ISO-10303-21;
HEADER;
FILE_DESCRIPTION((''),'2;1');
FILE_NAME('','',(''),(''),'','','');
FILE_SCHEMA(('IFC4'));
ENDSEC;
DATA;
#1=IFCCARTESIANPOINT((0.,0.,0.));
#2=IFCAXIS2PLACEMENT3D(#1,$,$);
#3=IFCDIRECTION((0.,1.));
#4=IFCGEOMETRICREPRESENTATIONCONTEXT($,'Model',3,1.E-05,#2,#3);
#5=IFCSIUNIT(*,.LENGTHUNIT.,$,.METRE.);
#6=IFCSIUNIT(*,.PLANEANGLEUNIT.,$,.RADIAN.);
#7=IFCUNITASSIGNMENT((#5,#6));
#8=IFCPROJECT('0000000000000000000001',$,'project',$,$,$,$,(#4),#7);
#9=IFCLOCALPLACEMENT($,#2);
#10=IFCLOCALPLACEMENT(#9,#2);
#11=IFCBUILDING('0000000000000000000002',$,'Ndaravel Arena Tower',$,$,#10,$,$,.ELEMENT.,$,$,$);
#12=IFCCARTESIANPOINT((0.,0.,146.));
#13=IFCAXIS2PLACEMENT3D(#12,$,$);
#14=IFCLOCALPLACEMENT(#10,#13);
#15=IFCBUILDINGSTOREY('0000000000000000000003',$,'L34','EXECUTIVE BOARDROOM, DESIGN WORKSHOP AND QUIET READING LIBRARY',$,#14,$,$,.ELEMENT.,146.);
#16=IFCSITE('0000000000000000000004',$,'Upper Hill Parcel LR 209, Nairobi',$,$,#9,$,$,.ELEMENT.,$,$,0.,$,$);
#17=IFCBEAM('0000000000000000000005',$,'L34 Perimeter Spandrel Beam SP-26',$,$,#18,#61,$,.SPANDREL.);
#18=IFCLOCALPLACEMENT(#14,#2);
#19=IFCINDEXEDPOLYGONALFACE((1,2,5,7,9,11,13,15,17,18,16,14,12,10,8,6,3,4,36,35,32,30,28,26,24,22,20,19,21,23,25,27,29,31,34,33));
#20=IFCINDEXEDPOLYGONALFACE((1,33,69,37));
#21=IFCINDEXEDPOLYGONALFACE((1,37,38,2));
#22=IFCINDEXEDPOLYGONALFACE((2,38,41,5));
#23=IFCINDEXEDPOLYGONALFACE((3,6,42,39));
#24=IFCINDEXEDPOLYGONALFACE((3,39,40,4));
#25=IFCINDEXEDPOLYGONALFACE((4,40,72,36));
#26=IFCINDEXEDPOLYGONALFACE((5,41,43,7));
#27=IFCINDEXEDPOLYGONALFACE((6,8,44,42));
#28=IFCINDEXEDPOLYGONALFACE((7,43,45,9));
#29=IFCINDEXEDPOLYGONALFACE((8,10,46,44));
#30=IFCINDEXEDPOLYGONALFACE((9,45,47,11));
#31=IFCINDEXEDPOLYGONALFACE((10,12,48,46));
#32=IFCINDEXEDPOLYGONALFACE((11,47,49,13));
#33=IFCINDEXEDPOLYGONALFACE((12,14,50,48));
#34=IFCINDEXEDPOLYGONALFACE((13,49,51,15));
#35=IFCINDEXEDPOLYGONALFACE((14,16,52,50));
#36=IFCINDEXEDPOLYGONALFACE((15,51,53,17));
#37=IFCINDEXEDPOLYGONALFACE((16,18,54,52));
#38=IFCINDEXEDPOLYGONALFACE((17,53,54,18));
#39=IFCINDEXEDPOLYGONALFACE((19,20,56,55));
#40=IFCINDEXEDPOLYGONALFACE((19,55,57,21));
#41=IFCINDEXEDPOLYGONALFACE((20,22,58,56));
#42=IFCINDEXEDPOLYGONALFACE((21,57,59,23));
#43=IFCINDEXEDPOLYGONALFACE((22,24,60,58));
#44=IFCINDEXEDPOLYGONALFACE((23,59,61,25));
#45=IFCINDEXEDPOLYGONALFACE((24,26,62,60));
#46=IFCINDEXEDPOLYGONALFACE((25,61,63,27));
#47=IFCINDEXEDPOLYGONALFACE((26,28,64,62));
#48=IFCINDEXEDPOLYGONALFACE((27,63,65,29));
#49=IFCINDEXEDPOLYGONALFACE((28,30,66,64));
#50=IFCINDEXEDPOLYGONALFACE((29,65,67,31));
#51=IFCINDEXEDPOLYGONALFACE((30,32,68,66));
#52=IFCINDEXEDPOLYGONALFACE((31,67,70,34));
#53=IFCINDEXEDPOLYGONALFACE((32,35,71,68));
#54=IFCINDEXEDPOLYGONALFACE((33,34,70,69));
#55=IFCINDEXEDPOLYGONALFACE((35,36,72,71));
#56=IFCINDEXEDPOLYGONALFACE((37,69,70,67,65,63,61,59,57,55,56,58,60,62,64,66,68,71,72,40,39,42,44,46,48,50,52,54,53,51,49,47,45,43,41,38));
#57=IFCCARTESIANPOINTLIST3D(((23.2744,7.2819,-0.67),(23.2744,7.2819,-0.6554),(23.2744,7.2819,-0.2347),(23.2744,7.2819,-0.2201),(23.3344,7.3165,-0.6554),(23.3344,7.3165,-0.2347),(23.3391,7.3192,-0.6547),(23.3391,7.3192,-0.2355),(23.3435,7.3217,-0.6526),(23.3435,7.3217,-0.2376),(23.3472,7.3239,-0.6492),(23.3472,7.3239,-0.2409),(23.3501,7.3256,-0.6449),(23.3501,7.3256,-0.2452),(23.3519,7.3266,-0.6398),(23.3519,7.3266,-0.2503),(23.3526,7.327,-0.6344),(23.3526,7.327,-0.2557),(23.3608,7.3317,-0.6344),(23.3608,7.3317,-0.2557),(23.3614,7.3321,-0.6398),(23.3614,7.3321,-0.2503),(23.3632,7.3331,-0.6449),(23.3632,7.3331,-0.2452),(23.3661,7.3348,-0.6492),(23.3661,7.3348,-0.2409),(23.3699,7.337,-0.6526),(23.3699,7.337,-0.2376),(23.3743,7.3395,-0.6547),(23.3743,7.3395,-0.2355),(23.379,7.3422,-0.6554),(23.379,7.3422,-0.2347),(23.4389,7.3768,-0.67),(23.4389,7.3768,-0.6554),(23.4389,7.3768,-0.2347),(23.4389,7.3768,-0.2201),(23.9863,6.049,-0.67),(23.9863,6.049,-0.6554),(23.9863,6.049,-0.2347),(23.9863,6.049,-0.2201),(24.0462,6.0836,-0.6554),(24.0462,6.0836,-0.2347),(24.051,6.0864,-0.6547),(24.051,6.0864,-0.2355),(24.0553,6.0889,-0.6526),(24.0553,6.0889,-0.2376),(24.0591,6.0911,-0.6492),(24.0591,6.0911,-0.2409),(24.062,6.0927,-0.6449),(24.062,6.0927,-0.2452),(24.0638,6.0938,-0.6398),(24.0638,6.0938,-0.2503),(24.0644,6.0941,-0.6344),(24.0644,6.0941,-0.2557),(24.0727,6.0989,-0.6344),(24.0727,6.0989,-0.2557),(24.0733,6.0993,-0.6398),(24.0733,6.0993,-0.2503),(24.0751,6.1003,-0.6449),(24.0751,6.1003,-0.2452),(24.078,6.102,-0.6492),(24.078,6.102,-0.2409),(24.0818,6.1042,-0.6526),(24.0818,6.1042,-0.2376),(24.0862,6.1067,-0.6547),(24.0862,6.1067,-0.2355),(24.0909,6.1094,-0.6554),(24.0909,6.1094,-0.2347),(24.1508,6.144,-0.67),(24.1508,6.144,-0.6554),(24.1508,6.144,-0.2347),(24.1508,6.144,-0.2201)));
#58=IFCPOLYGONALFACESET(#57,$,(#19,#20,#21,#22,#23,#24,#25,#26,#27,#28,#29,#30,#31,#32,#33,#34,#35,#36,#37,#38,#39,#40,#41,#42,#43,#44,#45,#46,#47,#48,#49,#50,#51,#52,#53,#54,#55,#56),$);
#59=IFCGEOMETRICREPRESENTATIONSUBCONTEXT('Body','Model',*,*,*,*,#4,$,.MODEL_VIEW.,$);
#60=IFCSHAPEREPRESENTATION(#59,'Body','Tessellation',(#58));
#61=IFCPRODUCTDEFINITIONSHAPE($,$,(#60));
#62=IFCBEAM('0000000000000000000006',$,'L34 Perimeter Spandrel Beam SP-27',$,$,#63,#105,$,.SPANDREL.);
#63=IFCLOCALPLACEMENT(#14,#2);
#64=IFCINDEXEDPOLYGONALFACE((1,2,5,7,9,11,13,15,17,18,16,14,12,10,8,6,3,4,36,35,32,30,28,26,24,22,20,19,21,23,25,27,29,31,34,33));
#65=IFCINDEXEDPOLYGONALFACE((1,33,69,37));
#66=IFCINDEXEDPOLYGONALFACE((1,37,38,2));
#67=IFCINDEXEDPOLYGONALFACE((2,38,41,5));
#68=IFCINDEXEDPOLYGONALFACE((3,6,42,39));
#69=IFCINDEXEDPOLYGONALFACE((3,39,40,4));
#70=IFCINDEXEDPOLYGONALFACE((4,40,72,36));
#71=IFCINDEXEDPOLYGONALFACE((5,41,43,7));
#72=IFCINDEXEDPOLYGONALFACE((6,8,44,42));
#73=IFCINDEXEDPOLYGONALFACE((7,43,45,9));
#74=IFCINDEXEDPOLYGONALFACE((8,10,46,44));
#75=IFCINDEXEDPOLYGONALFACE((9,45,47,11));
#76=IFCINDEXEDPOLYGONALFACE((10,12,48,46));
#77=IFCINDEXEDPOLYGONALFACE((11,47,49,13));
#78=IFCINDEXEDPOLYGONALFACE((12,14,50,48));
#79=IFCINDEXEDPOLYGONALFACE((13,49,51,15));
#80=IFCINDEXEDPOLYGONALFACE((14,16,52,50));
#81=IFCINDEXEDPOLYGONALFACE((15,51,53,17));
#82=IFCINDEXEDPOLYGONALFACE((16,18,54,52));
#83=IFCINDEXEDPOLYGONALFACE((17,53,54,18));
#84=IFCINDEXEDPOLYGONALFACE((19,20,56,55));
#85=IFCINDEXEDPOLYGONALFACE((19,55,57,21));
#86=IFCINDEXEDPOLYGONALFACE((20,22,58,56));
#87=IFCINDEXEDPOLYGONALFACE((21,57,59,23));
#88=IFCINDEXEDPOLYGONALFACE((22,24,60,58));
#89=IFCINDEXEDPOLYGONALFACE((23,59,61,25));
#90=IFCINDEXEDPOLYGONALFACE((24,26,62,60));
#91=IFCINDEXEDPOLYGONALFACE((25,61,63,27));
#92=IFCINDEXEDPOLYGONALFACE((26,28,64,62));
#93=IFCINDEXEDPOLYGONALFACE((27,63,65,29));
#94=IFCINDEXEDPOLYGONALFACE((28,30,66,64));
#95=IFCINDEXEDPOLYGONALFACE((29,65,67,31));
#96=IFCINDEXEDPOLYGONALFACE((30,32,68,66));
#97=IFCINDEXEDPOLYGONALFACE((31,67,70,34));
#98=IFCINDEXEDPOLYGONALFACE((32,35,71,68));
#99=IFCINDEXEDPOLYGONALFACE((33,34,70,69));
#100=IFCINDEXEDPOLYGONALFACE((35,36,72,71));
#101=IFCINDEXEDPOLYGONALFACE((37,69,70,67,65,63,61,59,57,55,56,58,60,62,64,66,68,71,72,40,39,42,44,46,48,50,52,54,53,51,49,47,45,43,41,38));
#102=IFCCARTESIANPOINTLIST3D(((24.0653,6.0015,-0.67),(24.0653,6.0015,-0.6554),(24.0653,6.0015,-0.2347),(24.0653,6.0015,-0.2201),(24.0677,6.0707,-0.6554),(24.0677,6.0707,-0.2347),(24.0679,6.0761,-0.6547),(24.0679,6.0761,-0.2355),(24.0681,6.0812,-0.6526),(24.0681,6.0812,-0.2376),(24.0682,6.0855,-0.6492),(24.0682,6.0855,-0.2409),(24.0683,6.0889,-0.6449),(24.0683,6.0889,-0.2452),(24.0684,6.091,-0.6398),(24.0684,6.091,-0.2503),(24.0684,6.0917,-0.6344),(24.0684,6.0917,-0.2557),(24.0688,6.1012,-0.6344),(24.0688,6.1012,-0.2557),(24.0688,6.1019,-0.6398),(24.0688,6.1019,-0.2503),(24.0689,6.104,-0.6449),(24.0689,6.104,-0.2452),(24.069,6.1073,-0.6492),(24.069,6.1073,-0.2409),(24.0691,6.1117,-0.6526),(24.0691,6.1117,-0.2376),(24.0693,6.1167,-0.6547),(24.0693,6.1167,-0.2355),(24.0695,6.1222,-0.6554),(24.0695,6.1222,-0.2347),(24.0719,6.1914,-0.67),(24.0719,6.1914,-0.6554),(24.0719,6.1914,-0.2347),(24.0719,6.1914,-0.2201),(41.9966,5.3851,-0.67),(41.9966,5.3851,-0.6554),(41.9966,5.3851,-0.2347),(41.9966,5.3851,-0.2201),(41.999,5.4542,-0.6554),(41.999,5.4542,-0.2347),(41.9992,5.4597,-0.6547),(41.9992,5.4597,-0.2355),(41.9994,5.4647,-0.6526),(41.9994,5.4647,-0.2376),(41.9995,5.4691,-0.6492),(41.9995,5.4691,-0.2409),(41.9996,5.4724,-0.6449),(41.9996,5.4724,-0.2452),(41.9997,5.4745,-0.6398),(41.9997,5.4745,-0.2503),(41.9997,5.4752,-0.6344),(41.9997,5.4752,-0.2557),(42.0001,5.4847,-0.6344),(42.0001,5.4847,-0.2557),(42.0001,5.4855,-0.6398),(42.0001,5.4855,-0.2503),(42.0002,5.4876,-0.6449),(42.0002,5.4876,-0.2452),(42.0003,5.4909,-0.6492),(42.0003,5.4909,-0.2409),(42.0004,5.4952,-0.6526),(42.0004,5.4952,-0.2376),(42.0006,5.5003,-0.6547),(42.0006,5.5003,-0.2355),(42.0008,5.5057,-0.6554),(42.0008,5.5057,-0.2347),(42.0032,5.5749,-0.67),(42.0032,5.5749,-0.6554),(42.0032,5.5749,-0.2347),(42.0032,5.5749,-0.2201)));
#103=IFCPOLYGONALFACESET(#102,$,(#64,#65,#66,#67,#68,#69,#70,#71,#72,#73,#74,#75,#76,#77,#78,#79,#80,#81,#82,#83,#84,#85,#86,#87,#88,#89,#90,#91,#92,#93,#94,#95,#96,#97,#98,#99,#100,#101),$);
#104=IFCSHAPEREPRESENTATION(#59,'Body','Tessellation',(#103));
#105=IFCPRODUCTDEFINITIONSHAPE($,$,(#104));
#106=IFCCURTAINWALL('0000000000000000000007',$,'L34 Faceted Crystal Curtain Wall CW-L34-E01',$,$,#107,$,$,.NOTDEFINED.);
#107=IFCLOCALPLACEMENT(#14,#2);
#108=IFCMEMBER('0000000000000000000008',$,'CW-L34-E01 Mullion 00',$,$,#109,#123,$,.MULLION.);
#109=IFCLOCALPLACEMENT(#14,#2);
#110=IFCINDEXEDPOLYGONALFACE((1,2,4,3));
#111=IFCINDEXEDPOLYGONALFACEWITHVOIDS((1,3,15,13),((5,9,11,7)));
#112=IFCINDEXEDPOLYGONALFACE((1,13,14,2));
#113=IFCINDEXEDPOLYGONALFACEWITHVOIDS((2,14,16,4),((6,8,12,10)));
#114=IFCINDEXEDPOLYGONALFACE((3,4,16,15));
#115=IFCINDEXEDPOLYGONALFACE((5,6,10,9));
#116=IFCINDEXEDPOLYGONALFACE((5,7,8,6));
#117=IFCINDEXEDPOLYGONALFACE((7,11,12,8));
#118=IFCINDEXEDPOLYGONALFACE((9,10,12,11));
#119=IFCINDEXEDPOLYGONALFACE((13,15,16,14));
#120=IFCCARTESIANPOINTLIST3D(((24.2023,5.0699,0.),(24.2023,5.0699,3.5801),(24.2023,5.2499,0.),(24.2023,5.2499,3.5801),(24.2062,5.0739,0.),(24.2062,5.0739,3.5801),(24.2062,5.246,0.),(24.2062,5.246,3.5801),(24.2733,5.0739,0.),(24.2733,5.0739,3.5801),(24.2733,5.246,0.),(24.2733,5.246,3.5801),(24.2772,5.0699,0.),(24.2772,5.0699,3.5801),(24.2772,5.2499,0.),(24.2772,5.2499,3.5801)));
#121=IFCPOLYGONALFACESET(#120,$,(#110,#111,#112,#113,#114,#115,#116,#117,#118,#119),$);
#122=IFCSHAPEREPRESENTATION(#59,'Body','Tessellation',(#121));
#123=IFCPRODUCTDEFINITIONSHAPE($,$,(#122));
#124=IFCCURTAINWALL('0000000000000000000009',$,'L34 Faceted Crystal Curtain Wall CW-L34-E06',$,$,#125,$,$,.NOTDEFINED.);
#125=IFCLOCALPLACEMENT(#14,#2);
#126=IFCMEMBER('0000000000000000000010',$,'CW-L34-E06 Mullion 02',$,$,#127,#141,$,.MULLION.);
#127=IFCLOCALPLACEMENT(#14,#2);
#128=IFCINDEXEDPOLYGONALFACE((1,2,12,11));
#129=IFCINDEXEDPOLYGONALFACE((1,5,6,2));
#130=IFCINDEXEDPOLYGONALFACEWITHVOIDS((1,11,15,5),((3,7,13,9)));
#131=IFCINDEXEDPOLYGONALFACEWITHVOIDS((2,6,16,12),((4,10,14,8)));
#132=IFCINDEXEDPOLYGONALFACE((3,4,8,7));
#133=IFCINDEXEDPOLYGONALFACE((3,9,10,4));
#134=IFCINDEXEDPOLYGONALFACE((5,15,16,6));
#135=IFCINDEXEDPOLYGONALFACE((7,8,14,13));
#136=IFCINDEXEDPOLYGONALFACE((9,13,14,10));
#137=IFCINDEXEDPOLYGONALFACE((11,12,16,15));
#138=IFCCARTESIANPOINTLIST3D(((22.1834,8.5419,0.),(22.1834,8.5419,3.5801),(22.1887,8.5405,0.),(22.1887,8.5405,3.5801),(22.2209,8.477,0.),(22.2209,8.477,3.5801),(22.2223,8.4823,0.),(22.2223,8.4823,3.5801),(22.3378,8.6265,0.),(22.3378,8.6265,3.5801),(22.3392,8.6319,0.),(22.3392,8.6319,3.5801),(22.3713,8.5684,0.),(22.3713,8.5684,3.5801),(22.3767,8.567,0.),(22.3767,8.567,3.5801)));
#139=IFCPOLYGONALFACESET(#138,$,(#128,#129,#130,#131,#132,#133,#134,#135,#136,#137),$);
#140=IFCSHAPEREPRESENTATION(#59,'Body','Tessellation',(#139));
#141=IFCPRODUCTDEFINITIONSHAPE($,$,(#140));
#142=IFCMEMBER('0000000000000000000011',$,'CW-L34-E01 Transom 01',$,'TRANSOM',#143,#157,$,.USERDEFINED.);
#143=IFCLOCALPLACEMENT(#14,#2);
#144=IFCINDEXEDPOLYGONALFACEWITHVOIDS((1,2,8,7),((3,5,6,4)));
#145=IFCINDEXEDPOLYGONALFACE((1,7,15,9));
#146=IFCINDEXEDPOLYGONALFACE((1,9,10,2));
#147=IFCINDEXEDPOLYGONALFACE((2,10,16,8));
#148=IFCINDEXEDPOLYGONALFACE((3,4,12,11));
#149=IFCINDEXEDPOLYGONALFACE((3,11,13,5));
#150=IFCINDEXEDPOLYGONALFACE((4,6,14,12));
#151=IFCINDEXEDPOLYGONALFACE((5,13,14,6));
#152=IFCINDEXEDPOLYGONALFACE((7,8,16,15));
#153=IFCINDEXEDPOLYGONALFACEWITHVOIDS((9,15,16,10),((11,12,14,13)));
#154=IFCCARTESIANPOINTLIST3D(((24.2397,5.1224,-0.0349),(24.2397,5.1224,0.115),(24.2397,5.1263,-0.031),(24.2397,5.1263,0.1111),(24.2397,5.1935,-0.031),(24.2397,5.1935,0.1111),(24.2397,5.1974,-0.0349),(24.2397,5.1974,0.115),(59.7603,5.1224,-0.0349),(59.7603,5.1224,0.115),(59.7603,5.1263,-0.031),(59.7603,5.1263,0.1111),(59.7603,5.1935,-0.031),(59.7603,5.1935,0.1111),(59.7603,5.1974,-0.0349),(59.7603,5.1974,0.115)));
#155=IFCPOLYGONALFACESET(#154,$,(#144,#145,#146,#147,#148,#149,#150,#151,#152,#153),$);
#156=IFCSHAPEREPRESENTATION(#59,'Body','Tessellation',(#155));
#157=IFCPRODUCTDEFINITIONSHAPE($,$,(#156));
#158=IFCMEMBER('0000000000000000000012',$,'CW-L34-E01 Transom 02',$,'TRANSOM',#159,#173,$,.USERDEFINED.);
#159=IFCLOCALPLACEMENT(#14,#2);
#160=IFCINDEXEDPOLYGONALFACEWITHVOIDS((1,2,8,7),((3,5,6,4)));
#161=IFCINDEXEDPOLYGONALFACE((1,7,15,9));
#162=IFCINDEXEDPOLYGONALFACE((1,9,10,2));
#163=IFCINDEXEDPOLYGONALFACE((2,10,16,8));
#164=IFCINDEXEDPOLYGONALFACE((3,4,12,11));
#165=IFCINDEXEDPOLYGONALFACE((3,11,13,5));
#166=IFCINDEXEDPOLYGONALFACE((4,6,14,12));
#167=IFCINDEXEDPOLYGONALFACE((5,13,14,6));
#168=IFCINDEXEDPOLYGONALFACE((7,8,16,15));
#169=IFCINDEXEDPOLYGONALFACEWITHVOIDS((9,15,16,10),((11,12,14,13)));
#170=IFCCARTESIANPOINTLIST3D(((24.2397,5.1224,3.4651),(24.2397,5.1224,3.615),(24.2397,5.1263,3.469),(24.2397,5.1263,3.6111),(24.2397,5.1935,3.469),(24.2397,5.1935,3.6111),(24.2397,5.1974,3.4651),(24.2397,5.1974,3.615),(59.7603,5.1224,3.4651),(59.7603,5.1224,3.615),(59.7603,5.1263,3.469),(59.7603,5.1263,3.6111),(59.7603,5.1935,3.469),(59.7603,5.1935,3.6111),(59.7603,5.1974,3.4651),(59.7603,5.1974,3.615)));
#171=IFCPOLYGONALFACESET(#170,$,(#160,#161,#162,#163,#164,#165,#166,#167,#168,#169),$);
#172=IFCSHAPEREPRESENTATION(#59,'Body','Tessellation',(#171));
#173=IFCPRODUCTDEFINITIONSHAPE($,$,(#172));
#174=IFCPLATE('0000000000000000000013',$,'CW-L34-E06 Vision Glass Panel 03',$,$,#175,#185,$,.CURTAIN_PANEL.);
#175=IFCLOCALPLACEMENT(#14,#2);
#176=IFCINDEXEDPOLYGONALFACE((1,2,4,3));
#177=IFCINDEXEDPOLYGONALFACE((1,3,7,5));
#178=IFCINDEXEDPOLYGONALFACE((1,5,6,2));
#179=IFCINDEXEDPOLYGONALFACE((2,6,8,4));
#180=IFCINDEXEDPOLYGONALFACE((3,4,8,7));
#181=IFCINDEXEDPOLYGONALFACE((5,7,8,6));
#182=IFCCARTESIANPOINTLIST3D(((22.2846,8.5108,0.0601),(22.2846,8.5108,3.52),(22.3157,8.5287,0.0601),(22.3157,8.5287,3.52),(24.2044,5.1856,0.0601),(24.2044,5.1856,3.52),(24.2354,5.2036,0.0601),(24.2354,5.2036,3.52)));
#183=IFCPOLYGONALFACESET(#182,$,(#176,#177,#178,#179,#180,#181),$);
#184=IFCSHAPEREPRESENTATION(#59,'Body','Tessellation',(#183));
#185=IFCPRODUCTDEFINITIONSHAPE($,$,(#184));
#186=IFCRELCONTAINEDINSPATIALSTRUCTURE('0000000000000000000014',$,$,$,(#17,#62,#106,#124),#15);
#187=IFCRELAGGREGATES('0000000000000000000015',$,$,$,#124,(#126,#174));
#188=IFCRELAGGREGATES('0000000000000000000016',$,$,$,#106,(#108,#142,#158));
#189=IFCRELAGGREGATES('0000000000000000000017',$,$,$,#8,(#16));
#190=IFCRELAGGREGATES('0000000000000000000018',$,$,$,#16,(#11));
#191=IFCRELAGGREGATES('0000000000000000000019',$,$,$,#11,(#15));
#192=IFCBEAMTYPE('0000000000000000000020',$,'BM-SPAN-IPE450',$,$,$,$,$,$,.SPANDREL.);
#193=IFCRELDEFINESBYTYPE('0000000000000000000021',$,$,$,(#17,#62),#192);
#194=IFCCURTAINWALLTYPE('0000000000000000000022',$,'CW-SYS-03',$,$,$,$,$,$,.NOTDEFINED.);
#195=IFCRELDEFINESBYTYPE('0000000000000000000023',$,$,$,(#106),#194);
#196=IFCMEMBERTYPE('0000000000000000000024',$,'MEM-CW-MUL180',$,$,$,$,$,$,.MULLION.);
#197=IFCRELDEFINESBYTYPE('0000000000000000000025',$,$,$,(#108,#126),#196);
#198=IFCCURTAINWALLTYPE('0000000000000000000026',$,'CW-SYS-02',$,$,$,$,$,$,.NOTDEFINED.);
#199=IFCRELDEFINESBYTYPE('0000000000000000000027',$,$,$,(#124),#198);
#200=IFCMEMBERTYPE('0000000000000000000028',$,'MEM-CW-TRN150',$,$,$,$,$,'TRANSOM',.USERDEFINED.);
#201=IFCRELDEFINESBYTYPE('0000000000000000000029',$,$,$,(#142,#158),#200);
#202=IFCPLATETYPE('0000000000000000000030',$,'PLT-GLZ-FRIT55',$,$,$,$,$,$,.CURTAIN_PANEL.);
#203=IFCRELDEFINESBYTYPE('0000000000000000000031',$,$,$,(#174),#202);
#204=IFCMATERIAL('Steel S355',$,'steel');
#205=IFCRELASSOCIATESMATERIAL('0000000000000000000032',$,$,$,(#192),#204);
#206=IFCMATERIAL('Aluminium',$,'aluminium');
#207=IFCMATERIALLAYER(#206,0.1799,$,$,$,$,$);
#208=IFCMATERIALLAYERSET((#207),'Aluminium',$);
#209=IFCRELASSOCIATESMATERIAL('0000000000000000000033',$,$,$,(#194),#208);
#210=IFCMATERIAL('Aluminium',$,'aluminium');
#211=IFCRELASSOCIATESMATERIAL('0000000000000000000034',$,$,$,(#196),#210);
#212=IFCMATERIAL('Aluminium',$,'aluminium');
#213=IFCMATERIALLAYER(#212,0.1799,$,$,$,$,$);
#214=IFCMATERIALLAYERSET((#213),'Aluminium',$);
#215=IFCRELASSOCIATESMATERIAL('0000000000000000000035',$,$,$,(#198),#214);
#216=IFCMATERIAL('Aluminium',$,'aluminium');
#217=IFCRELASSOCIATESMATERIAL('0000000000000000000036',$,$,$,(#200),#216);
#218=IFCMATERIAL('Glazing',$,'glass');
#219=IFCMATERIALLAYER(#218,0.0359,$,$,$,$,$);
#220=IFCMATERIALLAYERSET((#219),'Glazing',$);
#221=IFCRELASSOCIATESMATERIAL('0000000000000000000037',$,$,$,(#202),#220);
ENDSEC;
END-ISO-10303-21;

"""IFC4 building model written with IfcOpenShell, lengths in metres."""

from ifc_helpers import new_model, si_unit, direction, frame, origin, origin_2d, place, context, subcontext, project, spatial, rectangle, hollow_rectangle, i_section, extrude, material, layer, layer_set, material_profile, profile_set, type_object, element, aggregate, save


model = new_model("IFC4")

# Units and contexts
model_context = context("Model", 3, precision=1e-05, world=origin(), true_north=direction((0.0, 1.0)))
body_context = subcontext(model_context, "Body", "Model", "MODEL_VIEW")
ifc_project = project(units=[si_unit("LENGTHUNIT", "METRE"), si_unit("PLANEANGLEUNIT", "RADIAN")], contexts=[model_context])

# Site, building, storey
site_placement = place(None, origin())
site = spatial("IfcSite", under=ifc_project, at=site_placement, Name="Upper Hill Parcel LR 209, Nairobi", CompositionType="ELEMENT", RefElevation=0.0)
building_placement = place(site_placement, origin())
building = spatial("IfcBuilding", under=site, at=building_placement, Name="Ndaravel Arena Tower", CompositionType="ELEMENT")
storey_placement = place(building_placement, frame((0.0, 0.0, 146.0)))
storey = spatial("IfcBuildingStorey", under=building, at=storey_placement, Name="L34", Description="EXECUTIVE BOARDROOM, DESIGN WORKSHOP AND QUIET READING LIBRARY", CompositionType="ELEMENT", Elevation=146.0)

# Beams
ifc_material_1 = material(Name="Steel S355", Category="steel")
ifc_material_profile_1 = material_profile(ifc_material_1, i_section(OverallWidth=0.1899, OverallDepth=0.45, WebThickness=0.0095, FlangeThickness=0.0146, FilletRadius=0.021, at=origin_2d()), Name="IPE 450")
ifc_profile_set_1 = profile_set([ifc_material_profile_1], Name="Steel S355")
beam_type = type_object("IfcBeamType", Name="BM-SPAN-IPE450", PredefinedType="SPANDREL", material=ifc_profile_set_1)
for number, where, z_axis, x_axis, name in (
    (1, (23.3567, 7.3293, -0.4451), (0.500049, -0.865997, 0.0), (0.865997, 0.500049, 0.0), "L34 Perimeter Spandrel Beam SP-26"),
):
    element("IfcBeam", number, at=place(storey_placement, frame(where, z_axis=z_axis, x_axis=x_axis)), inside=storey, type_object=beam_type, Name=name, PredefinedType="SPANDREL", context=body_context, shape_type="SweptSolid", body=[
        extrude(i_section(OverallWidth=0.1899, OverallDepth=0.45, WebThickness=0.0095, FlangeThickness=0.0146, FilletRadius=0.021, at=origin_2d()), origin(), (0.0, 0.0, 1.0), 1.4236),
    ])
beam_placement = place(storey_placement, frame((24.0686, 6.0964, -0.4451), z_axis=(0.99941, -0.034358, 0.0), x_axis=(0.034358, 0.99941, 0.0)))
element("IfcBeam", 2, at=beam_placement, inside=storey, type_object=beam_type, Name="L34 Perimeter Spandrel Beam SP-27", PredefinedType="SPANDREL", context=body_context, shape_type="SweptSolid", body=[
    extrude(i_section(OverallWidth=0.1899, OverallDepth=0.45, WebThickness=0.0095, FlangeThickness=0.0146, FilletRadius=0.021, at=origin_2d()), origin(), (0.0, 0.0, 1.0), 17.9419),
])

# Curtain walls, members
ifc_material_2 = material(Name="Aluminium", Category="aluminium")
ifc_layer_1 = layer(ifc_material_2, 0.1799)
ifc_layer_set_1 = layer_set([ifc_layer_1], Name="Aluminium")
curtain_wall_type_1 = type_object("IfcCurtainWallType", Name="CW-SYS-03", PredefinedType="NOTDEFINED", material=ifc_layer_set_1)
curtain_wall_1_placement = place(storey_placement, origin())
curtain_wall_1 = element("IfcCurtainWall", 3, at=curtain_wall_1_placement, inside=storey, type_object=curtain_wall_type_1, Name="L34 Faceted Crystal Curtain Wall CW-L34-E01", PredefinedType="NOTDEFINED")
ifc_material_3 = material(Name="Aluminium", Category="aluminium")
ifc_material_profile_2 = material_profile(ifc_material_3, hollow_rectangle(XDim=0.075, YDim=0.1799, WallThickness=0.0039, at=origin_2d()), Name="CW MULLION 75x180x4")
ifc_profile_set_2 = profile_set([ifc_material_profile_2], Name="Aluminium")
member_type_1 = type_object("IfcMemberType", Name="MEM-CW-MUL180", PredefinedType="MULLION", material=ifc_profile_set_2)
member_1_placement = place(storey_placement, frame((24.2397, 5.1599, 0.0), z_axis=(0.0, 0.0, 1.0), x_axis=(1.0, 0.0, 0.0)))
member_1 = element("IfcMember", 4, at=member_1_placement, type_object=member_type_1, Name="CW-L34-E01 Mullion 00", PredefinedType="MULLION", context=body_context, shape_type="SweptSolid", body=[
    extrude(hollow_rectangle(XDim=0.075, YDim=0.1799, WallThickness=0.0039, at=origin_2d()), origin(), (0.0, 0.0, 1.0), 3.5801),
])
ifc_material_4 = material(Name="Aluminium", Category="aluminium")
ifc_layer_2 = layer(ifc_material_4, 0.1799)
ifc_layer_set_2 = layer_set([ifc_layer_2], Name="Aluminium")
curtain_wall_type_2 = type_object("IfcCurtainWallType", Name="CW-SYS-02", PredefinedType="NOTDEFINED", material=ifc_layer_set_2)
curtain_wall_2_placement = place(storey_placement, origin())
curtain_wall_2 = element("IfcCurtainWall", 5, at=curtain_wall_2_placement, inside=storey, type_object=curtain_wall_type_2, Name="L34 Faceted Crystal Curtain Wall CW-L34-E06", PredefinedType="NOTDEFINED")
member_2_placement = place(storey_placement, frame((22.28, 8.5544, 0.0), z_axis=(0.0, 0.0, 1.0), x_axis=(0.5, -0.866025, 0.0)))
member_2 = element("IfcMember", 6, at=member_2_placement, type_object=member_type_1, Name="CW-L34-E06 Mullion 02", PredefinedType="MULLION", context=body_context, shape_type="SweptSolid", body=[
    extrude(hollow_rectangle(XDim=0.075, YDim=0.1799, WallThickness=0.0039, at=origin_2d()), origin(), (0.0, 0.0, 1.0), 3.5801),
])

# Members
ifc_material_5 = material(Name="Aluminium", Category="aluminium")
ifc_material_profile_3 = material_profile(ifc_material_5, hollow_rectangle(XDim=0.075, YDim=0.1499, WallThickness=0.0039, at=origin_2d()), Name="CW TRANSOM 75x150x4")
ifc_profile_set_3 = profile_set([ifc_material_profile_3], Name="Aluminium")
member_type_2 = type_object("IfcMemberType", Name="MEM-CW-TRN150", ElementType="TRANSOM", PredefinedType="USERDEFINED", material=ifc_profile_set_3)
member_3_placement = place(storey_placement, frame((24.2397, 5.1599, 0.04), z_axis=(1.0, 0.0, 0.0), x_axis=(0.0, 1.0, 0.0)))
member_3 = element("IfcMember", 7, at=member_3_placement, type_object=member_type_2, Name="CW-L34-E01 Transom 01", ObjectType="TRANSOM", PredefinedType="USERDEFINED", context=body_context, shape_type="SweptSolid", body=[
    extrude(hollow_rectangle(XDim=0.075, YDim=0.1499, WallThickness=0.0039, at=origin_2d()), origin(), (0.0, 0.0, 1.0), 35.5205),
])
member_4_placement = place(storey_placement, frame((24.2397, 5.1599, 3.54), z_axis=(1.0, 0.0, 0.0), x_axis=(0.0, 1.0, 0.0)))
member_4 = element("IfcMember", 8, at=member_4_placement, type_object=member_type_2, Name="CW-L34-E01 Transom 02", ObjectType="TRANSOM", PredefinedType="USERDEFINED", context=body_context, shape_type="SweptSolid", body=[
    extrude(hollow_rectangle(XDim=0.075, YDim=0.1499, WallThickness=0.0039, at=origin_2d()), origin(), (0.0, 0.0, 1.0), 35.5205),
])

# Plate
ifc_material_6 = material(Name="Glazing", Category="glass")
ifc_layer_3 = layer(ifc_material_6, 0.0359)
ifc_layer_set_3 = layer_set([ifc_layer_3], Name="Glazing")
plate_type_1 = type_object("IfcPlateType", Name="PLT-GLZ-FRIT55", PredefinedType="CURTAIN_PANEL", material=ifc_layer_set_3)
plate_1_placement = place(storey_placement, frame((23.26, 6.8572, 0.0601), z_axis=(0.0, 0.0, 1.0), x_axis=(0.5, -0.866025, 0.0)))
plate_1 = element("IfcPlate", 9, at=plate_1_placement, type_object=plate_type_1, Name="CW-L34-E06 Vision Glass Panel 03", PredefinedType="CURTAIN_PANEL", context=body_context, shape_type="SweptSolid", body=[
    extrude(rectangle(XDim=3.8396, YDim=0.0359, at=origin_2d()), origin(), (0.0, 0.0, 1.0), 3.46),
])
aggregate(curtain_wall_2, [member_2, plate_1])
aggregate(curtain_wall_1, [member_1, member_3, member_4])

save(model, "model.ifc")
